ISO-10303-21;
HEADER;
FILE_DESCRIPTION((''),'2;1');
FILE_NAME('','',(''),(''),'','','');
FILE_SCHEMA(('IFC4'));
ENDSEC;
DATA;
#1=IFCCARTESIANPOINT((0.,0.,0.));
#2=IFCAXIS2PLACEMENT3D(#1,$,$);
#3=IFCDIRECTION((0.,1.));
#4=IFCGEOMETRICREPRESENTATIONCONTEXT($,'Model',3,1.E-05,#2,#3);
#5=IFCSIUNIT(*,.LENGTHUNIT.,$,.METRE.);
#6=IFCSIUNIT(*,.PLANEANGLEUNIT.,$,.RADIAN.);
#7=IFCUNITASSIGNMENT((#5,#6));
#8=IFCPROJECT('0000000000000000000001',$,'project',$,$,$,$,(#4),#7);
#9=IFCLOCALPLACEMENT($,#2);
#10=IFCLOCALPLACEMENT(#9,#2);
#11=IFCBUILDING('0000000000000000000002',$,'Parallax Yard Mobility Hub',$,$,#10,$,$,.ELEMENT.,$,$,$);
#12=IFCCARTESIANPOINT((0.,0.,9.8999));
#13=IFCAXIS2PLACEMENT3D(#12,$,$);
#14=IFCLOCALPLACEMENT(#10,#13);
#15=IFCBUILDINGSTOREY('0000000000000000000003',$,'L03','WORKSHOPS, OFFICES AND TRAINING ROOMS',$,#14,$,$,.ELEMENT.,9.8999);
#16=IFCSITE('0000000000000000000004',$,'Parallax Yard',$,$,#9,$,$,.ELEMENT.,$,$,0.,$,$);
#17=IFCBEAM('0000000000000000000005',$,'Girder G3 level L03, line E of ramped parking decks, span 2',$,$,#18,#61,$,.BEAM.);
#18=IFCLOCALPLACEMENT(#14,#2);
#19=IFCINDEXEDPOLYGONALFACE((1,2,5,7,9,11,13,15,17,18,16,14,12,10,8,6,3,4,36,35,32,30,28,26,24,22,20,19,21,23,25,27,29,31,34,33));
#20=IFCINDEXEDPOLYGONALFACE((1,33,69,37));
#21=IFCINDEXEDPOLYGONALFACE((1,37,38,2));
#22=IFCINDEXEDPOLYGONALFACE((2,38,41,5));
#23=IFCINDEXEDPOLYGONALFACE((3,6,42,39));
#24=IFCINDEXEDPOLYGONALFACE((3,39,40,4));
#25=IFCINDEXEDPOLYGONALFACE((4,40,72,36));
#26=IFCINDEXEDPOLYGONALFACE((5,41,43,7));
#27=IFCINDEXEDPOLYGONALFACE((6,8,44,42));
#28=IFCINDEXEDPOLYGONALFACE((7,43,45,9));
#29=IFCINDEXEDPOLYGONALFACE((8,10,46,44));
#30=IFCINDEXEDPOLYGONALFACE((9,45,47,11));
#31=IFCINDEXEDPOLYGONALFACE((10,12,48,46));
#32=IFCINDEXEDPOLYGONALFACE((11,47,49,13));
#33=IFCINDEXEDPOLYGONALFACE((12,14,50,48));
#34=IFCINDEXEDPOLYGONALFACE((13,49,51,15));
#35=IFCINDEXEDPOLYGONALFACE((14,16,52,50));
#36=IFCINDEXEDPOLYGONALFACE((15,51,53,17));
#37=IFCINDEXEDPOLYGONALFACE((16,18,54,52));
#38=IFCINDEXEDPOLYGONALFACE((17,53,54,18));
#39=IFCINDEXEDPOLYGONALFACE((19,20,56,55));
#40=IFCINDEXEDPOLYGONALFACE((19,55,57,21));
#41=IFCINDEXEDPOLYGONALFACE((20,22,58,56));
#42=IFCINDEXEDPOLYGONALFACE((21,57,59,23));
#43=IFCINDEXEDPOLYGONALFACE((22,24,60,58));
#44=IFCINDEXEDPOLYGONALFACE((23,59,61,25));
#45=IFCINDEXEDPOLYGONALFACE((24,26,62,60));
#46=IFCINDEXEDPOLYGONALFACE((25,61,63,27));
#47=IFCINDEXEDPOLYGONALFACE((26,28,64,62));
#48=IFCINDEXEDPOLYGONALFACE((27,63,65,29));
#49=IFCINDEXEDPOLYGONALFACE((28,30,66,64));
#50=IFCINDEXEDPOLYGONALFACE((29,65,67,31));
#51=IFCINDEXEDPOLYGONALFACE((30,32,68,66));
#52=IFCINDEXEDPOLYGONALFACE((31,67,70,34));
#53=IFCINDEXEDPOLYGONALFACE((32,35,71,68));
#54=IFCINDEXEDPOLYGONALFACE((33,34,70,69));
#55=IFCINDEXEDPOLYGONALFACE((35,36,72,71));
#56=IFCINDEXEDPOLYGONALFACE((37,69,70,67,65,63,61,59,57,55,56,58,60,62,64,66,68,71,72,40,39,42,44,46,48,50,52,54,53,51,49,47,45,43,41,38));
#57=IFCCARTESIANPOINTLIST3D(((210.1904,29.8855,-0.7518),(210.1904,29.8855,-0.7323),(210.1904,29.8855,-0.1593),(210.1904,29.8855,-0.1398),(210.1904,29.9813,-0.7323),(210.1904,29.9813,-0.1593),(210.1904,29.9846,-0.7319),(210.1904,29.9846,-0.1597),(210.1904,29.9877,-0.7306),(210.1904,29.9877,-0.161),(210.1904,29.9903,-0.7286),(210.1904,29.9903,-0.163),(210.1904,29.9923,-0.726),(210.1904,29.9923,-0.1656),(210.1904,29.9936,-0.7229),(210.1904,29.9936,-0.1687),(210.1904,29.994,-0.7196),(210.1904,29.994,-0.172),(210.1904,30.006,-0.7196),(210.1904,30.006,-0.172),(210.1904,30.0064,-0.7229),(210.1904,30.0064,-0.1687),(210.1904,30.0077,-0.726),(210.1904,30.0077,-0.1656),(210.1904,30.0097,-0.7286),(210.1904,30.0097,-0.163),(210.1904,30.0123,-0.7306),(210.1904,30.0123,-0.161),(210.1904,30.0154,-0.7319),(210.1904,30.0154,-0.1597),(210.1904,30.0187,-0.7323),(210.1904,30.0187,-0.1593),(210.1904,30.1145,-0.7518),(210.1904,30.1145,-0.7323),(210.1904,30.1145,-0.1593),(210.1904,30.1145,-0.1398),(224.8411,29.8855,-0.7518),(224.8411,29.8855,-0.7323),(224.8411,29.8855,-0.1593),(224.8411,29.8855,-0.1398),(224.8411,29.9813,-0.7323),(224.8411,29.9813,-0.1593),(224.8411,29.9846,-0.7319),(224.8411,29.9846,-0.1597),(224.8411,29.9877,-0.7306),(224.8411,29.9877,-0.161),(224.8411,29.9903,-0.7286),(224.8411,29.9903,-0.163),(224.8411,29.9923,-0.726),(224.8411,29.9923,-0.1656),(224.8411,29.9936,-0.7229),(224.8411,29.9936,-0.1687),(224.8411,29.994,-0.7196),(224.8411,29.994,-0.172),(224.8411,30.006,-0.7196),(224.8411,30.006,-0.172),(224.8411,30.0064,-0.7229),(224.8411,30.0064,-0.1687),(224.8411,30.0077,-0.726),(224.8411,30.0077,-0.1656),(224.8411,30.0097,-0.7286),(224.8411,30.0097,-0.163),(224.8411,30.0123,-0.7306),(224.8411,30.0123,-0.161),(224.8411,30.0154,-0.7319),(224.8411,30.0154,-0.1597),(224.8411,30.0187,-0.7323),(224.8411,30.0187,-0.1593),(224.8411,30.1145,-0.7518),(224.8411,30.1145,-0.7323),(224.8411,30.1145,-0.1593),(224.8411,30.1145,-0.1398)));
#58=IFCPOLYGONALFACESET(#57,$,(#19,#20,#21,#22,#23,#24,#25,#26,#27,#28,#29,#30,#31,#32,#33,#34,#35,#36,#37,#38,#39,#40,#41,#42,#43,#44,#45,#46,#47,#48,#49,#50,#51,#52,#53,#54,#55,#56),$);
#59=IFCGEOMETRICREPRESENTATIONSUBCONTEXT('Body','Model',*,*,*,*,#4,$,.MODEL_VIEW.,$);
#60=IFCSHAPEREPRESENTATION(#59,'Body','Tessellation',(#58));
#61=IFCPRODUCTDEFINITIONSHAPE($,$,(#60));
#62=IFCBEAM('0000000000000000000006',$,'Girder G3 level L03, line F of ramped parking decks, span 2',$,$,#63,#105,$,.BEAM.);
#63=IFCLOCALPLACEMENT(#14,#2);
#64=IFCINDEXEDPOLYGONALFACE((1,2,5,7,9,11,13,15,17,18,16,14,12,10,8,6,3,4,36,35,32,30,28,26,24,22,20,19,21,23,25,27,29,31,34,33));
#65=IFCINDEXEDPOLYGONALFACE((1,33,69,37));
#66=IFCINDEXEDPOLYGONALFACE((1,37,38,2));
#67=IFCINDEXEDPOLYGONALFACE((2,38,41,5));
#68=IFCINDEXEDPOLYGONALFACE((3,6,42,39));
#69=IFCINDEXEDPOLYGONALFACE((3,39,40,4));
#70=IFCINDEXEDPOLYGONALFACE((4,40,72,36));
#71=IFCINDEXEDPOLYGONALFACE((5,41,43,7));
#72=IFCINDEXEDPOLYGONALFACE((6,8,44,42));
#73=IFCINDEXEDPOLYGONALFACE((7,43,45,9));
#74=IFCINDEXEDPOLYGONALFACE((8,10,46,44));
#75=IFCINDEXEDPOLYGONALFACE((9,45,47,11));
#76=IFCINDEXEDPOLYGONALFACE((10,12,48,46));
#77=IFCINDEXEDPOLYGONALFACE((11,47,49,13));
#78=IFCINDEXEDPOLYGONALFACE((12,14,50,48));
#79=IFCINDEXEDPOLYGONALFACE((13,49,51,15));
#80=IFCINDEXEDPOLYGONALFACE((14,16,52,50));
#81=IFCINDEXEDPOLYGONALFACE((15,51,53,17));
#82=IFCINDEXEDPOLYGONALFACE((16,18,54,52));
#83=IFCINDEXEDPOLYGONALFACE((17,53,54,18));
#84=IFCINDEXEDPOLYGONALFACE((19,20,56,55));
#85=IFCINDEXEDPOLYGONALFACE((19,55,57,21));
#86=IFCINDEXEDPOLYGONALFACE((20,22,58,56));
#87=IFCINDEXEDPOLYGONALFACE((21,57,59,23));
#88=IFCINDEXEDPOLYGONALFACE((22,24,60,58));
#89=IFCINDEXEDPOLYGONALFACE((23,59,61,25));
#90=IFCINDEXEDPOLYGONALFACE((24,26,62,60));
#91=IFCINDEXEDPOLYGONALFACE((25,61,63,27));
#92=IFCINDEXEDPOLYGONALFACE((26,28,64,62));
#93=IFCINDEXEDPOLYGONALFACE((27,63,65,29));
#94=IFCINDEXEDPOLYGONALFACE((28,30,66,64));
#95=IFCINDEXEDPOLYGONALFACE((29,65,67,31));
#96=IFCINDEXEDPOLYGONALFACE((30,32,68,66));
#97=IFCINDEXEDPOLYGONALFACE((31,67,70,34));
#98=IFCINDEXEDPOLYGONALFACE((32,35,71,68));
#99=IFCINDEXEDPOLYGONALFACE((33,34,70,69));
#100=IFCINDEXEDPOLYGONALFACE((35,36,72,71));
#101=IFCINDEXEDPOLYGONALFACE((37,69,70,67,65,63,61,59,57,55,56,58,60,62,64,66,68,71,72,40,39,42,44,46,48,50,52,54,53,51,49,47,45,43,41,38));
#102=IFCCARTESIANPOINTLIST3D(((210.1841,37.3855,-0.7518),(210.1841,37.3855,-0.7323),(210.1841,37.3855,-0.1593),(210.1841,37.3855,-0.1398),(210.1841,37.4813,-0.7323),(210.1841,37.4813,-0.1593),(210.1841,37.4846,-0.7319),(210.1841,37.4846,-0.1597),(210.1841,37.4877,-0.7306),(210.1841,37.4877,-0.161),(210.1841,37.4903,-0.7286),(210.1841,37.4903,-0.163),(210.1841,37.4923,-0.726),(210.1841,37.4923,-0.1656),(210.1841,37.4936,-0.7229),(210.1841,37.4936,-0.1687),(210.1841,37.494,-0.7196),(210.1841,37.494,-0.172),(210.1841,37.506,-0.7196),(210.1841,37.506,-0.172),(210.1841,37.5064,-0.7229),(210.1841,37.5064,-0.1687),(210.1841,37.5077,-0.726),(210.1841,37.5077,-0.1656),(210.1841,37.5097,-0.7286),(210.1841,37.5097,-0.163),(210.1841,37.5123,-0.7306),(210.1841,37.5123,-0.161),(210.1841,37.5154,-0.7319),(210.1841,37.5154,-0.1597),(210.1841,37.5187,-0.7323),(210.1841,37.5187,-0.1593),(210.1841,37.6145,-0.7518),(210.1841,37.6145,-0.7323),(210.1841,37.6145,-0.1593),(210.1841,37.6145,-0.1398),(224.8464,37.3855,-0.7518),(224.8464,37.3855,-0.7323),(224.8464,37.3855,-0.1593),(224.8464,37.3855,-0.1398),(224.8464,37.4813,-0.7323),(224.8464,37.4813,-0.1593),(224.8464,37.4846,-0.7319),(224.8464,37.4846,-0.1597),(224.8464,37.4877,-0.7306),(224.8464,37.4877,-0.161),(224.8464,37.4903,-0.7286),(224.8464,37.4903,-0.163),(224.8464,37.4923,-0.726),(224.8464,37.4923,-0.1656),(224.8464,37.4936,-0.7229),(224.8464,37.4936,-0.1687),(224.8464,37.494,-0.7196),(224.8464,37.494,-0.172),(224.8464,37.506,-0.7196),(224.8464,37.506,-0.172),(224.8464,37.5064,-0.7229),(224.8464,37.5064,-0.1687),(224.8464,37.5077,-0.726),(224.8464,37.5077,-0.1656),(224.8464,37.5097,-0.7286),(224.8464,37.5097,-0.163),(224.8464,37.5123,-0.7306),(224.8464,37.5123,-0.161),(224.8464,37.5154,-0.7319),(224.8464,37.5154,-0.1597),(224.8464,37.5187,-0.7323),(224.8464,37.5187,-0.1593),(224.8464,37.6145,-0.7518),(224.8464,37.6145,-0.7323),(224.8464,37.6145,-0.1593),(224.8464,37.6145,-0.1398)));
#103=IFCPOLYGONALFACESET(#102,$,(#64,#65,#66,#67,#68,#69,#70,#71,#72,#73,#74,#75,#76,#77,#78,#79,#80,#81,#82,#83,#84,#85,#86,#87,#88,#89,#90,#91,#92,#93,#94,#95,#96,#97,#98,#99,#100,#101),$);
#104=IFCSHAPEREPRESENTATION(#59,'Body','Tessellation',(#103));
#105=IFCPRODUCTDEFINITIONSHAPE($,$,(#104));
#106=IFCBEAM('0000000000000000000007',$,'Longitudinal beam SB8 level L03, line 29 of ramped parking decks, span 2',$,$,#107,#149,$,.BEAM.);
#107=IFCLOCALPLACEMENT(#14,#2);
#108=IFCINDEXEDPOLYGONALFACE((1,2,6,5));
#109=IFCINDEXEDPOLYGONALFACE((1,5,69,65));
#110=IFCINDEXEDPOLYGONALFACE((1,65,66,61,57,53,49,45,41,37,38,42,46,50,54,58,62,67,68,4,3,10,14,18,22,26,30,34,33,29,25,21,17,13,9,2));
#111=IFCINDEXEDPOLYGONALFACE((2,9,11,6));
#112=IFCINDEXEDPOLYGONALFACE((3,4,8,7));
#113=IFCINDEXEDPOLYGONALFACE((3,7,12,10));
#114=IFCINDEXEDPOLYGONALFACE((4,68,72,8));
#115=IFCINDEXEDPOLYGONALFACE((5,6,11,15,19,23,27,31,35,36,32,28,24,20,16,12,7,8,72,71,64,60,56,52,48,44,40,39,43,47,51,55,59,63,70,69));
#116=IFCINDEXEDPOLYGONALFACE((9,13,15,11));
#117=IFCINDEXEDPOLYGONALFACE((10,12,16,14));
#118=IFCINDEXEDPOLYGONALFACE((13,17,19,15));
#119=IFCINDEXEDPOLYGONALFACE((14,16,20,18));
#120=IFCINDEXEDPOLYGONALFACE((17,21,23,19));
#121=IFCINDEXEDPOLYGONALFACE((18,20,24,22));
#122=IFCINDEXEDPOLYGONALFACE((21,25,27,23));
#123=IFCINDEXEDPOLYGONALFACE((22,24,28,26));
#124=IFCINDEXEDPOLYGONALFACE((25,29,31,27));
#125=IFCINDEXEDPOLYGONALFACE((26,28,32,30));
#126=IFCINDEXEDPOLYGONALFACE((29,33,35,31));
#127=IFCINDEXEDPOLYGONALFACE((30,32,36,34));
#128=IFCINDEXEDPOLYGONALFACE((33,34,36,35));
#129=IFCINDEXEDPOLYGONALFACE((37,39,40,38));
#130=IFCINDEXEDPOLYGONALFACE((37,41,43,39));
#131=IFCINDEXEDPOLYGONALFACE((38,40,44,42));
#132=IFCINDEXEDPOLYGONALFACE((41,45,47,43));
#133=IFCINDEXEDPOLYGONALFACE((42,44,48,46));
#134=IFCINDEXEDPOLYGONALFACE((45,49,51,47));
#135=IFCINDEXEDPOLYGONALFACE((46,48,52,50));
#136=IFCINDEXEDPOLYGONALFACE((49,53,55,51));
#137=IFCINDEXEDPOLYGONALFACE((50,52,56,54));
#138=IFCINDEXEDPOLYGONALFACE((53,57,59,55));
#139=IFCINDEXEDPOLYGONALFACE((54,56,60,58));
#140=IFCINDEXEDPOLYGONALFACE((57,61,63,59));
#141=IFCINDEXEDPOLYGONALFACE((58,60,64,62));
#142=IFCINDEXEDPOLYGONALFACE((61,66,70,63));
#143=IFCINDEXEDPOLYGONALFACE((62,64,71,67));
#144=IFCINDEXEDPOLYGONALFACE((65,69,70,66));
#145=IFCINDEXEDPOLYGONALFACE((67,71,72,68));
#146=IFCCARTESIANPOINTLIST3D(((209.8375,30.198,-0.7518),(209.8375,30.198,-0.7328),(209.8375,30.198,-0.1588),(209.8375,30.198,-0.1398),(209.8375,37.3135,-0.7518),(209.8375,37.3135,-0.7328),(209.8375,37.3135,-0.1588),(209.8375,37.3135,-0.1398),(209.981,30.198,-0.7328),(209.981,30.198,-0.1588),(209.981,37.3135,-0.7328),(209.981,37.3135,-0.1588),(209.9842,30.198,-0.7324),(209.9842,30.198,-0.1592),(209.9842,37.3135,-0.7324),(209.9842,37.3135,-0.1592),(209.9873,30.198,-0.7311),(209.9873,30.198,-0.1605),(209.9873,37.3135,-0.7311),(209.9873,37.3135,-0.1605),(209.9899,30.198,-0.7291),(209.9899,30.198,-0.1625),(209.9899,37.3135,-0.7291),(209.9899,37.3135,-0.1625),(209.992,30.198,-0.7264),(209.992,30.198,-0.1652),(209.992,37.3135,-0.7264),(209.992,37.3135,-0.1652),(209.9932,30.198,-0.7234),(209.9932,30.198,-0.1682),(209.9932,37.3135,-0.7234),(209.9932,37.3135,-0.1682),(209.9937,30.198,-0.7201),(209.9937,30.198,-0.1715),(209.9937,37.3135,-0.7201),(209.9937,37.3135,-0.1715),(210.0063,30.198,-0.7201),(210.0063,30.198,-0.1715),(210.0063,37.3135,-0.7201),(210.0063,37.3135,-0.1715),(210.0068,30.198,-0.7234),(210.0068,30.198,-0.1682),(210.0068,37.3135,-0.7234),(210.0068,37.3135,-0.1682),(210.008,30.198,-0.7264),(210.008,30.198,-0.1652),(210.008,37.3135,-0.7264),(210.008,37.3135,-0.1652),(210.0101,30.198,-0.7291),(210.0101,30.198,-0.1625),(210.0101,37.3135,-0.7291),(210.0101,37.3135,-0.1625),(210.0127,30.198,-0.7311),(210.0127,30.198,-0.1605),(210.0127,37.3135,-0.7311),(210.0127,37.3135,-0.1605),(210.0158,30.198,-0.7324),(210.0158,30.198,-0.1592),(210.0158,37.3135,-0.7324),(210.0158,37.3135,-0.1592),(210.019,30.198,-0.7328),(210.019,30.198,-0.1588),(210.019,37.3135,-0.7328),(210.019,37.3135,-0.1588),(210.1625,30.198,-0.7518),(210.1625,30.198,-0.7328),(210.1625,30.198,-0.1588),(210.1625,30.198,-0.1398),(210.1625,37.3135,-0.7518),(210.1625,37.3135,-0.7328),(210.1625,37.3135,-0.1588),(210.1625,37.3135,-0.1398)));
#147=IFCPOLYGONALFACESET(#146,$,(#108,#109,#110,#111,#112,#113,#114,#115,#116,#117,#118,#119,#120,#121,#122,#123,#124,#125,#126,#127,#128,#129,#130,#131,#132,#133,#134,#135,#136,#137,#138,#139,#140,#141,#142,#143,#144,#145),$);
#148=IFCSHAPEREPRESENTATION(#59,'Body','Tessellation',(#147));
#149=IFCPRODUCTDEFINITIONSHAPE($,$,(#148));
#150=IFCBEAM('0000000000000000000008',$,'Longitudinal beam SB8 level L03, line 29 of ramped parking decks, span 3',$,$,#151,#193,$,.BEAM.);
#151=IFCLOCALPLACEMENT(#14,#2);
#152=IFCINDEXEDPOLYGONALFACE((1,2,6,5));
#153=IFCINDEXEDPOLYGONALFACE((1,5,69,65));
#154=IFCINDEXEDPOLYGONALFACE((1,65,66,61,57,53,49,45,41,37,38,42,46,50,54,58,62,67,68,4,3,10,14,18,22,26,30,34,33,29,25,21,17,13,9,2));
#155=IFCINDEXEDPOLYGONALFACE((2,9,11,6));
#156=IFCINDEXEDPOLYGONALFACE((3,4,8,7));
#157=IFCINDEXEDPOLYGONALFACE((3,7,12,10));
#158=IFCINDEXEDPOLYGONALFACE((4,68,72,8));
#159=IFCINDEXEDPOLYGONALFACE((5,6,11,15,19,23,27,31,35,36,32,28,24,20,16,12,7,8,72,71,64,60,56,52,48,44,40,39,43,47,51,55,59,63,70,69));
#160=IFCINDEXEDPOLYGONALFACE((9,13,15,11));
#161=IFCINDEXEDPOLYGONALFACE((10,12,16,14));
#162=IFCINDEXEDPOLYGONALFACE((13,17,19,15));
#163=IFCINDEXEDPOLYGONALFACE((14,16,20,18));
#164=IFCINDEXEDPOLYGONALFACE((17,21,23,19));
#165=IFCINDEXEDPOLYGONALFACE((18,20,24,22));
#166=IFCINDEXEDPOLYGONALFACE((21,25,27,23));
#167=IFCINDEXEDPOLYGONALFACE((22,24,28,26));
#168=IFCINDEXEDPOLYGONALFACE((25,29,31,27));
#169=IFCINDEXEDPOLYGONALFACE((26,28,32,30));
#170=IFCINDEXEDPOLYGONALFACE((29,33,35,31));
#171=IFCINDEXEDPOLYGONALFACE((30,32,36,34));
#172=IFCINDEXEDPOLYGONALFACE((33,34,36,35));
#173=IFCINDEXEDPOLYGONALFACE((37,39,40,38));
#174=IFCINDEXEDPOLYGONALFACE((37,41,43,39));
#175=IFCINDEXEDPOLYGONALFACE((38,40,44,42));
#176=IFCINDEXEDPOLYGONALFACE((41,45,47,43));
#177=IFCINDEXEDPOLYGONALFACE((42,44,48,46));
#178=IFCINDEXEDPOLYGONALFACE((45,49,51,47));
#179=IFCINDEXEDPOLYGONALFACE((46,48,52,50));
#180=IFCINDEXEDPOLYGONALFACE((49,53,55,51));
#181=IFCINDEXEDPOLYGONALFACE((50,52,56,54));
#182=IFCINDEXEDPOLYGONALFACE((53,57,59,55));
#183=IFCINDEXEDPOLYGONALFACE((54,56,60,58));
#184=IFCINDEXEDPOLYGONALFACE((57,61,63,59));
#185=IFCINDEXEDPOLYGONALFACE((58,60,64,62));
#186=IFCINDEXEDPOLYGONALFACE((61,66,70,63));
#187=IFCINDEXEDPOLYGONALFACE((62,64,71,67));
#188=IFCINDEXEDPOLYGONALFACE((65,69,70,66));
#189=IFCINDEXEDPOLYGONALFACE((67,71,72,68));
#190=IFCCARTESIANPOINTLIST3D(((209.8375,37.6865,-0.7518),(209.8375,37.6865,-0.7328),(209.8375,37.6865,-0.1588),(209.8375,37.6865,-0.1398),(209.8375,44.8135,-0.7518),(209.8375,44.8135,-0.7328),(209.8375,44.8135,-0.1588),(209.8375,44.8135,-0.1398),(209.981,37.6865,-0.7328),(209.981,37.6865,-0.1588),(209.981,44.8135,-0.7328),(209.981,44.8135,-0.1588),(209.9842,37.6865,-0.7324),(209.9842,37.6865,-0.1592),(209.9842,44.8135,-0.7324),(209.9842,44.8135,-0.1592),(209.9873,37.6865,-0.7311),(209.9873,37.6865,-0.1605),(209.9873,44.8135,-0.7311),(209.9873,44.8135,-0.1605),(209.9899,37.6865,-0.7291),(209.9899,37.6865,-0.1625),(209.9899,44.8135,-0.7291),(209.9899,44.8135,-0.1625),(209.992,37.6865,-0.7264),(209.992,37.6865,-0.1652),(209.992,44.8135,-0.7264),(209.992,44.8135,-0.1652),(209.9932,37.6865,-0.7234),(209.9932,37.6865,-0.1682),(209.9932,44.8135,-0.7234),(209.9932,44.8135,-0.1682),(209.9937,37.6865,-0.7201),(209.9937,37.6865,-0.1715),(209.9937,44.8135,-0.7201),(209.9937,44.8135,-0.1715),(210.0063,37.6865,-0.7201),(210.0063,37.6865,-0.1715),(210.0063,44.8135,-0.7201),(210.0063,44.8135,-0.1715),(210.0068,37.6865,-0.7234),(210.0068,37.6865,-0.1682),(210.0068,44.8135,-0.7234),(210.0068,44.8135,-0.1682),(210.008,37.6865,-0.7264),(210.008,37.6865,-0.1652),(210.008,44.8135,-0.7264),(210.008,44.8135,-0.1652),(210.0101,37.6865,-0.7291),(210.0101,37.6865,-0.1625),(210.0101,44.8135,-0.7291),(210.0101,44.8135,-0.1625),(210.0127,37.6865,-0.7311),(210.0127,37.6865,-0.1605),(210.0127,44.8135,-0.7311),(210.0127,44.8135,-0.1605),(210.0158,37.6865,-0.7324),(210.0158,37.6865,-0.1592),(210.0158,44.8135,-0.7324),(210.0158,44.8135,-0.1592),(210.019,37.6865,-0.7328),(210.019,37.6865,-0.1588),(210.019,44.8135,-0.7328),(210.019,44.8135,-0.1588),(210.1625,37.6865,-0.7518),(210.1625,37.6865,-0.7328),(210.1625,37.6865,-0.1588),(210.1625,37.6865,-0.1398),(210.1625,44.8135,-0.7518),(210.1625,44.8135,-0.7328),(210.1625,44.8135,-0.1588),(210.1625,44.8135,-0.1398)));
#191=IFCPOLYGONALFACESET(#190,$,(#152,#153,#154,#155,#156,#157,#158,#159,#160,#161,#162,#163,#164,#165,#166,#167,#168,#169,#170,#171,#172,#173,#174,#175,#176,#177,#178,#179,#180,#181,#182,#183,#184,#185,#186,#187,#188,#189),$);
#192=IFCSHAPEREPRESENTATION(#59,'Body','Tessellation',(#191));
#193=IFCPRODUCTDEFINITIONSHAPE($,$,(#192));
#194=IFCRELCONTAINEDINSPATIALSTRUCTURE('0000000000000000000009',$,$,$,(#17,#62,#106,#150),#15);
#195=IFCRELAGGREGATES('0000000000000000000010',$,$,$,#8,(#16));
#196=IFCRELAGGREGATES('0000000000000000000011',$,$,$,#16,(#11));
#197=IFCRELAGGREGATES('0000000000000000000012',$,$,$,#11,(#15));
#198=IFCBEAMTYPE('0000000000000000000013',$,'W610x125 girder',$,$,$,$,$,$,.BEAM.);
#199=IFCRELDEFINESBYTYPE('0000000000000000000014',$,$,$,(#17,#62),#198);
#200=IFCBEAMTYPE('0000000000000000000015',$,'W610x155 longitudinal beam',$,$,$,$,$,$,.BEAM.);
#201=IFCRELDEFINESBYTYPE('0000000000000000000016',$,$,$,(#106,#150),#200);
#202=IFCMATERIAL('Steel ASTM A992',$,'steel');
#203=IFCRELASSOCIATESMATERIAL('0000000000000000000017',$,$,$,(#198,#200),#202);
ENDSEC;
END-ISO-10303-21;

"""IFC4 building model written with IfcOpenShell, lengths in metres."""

from ifc_helpers import new_model, si_unit, direction, frame, origin, origin_2d, place, context, subcontext, project, spatial, i_section, extrude, material, material_profile, profile_set, type_object, element, save


model = new_model("IFC4")

# Units and contexts
model_context = context("Model", 3, precision=1e-05, world=origin(), true_north=direction((0.0, 1.0)))
body_context = subcontext(model_context, "Body", "Model", "MODEL_VIEW")
ifc_project = project(units=[si_unit("LENGTHUNIT", "METRE"), si_unit("PLANEANGLEUNIT", "RADIAN")], contexts=[model_context])

# Site, building, storey
site_placement = place(None, origin())
site = spatial("IfcSite", under=ifc_project, at=site_placement, Name="Parallax Yard", CompositionType="ELEMENT", RefElevation=0.0)
building_placement = place(site_placement, origin())
building = spatial("IfcBuilding", under=site, at=building_placement, Name="Parallax Yard Mobility Hub", CompositionType="ELEMENT")
storey_placement = place(building_placement, frame((0.0, 0.0, 9.8999)))
storey = spatial("IfcBuildingStorey", under=building, at=storey_placement, Name="L03", Description="WORKSHOPS, OFFICES AND TRAINING ROOMS", CompositionType="ELEMENT", Elevation=9.8999)

# Shared definitions
ifc_material_1 = material(Name="Steel ASTM A992", Category="steel")

# Beams
ifc_material_profile_1 = material_profile(ifc_material_1, i_section(OverallWidth=0.229, OverallDepth=0.6121, WebThickness=0.012, FlangeThickness=0.0195, FilletRadius=0.0127, at=origin_2d()), Name="W610x125")
ifc_profile_set_1 = profile_set([ifc_material_profile_1], Name="Steel ASTM A992")
beam_type_1 = type_object("IfcBeamType", Name="W610x125 girder", PredefinedType="BEAM", material=ifc_profile_set_1)
beam_1_placement = place(storey_placement, frame((210.1904, 30.0, -0.4458), z_axis=(1.0, 0.0, 0.0), x_axis=(0.0, 1.0, 0.0)))
element("IfcBeam", 1, at=beam_1_placement, inside=storey, type_object=beam_type_1, Name="Girder G3 level L03, line E of ramped parking decks, span 2", PredefinedType="BEAM", context=body_context, shape_type="SweptSolid", body=[
    extrude(i_section(OverallWidth=0.229, OverallDepth=0.6121, WebThickness=0.012, FlangeThickness=0.0195, FilletRadius=0.0127, at=origin_2d()), origin(), (0.0, 0.0, 1.0), 14.6506),
])
beam_2_placement = place(storey_placement, frame((210.1841, 37.5, -0.4458), z_axis=(1.0, 0.0, 0.0), x_axis=(0.0, 1.0, 0.0)))
element("IfcBeam", 2, at=beam_2_placement, inside=storey, type_object=beam_type_1, Name="Girder G3 level L03, line F of ramped parking decks, span 2", PredefinedType="BEAM", context=body_context, shape_type="SweptSolid", body=[
    extrude(i_section(OverallWidth=0.229, OverallDepth=0.6121, WebThickness=0.012, FlangeThickness=0.0195, FilletRadius=0.0127, at=origin_2d()), origin(), (0.0, 0.0, 1.0), 14.6624),
])
ifc_material_profile_2 = material_profile(ifc_material_1, i_section(OverallWidth=0.325, OverallDepth=0.6121, WebThickness=0.0127, FlangeThickness=0.019, FilletRadius=0.0127, at=origin_2d()), Name="W610x155")
ifc_profile_set_2 = profile_set([ifc_material_profile_2], Name="Steel ASTM A992")
beam_type_2 = type_object("IfcBeamType", Name="W610x155 longitudinal beam", PredefinedType="BEAM", material=ifc_profile_set_2)
beam_3_placement = place(storey_placement, frame((210.0, 30.198, -0.4458), z_axis=(0.0, 1.0, 0.0), x_axis=(-1.0, 0.0, 0.0)))
element("IfcBeam", 3, at=beam_3_placement, inside=storey, type_object=beam_type_2, Name="Longitudinal beam SB8 level L03, line 29 of ramped parking decks, span 2", PredefinedType="BEAM", context=body_context, shape_type="SweptSolid", body=[
    extrude(i_section(OverallWidth=0.325, OverallDepth=0.6121, WebThickness=0.0127, FlangeThickness=0.019, FilletRadius=0.0127, at=origin_2d()), origin(), (0.0, 0.0, 1.0), 7.1155),
])
beam_4_placement = place(storey_placement, frame((210.0, 37.6865, -0.4458), z_axis=(0.0, 1.0, 0.0), x_axis=(-1.0, 0.0, 0.0)))
element("IfcBeam", 4, at=beam_4_placement, inside=storey, type_object=beam_type_2, Name="Longitudinal beam SB8 level L03, line 29 of ramped parking decks, span 3", PredefinedType="BEAM", context=body_context, shape_type="SweptSolid", body=[
    extrude(i_section(OverallWidth=0.325, OverallDepth=0.6121, WebThickness=0.0127, FlangeThickness=0.019, FilletRadius=0.0127, at=origin_2d()), origin(), (0.0, 0.0, 1.0), 7.127),
])

save(model, "model.ifc")
